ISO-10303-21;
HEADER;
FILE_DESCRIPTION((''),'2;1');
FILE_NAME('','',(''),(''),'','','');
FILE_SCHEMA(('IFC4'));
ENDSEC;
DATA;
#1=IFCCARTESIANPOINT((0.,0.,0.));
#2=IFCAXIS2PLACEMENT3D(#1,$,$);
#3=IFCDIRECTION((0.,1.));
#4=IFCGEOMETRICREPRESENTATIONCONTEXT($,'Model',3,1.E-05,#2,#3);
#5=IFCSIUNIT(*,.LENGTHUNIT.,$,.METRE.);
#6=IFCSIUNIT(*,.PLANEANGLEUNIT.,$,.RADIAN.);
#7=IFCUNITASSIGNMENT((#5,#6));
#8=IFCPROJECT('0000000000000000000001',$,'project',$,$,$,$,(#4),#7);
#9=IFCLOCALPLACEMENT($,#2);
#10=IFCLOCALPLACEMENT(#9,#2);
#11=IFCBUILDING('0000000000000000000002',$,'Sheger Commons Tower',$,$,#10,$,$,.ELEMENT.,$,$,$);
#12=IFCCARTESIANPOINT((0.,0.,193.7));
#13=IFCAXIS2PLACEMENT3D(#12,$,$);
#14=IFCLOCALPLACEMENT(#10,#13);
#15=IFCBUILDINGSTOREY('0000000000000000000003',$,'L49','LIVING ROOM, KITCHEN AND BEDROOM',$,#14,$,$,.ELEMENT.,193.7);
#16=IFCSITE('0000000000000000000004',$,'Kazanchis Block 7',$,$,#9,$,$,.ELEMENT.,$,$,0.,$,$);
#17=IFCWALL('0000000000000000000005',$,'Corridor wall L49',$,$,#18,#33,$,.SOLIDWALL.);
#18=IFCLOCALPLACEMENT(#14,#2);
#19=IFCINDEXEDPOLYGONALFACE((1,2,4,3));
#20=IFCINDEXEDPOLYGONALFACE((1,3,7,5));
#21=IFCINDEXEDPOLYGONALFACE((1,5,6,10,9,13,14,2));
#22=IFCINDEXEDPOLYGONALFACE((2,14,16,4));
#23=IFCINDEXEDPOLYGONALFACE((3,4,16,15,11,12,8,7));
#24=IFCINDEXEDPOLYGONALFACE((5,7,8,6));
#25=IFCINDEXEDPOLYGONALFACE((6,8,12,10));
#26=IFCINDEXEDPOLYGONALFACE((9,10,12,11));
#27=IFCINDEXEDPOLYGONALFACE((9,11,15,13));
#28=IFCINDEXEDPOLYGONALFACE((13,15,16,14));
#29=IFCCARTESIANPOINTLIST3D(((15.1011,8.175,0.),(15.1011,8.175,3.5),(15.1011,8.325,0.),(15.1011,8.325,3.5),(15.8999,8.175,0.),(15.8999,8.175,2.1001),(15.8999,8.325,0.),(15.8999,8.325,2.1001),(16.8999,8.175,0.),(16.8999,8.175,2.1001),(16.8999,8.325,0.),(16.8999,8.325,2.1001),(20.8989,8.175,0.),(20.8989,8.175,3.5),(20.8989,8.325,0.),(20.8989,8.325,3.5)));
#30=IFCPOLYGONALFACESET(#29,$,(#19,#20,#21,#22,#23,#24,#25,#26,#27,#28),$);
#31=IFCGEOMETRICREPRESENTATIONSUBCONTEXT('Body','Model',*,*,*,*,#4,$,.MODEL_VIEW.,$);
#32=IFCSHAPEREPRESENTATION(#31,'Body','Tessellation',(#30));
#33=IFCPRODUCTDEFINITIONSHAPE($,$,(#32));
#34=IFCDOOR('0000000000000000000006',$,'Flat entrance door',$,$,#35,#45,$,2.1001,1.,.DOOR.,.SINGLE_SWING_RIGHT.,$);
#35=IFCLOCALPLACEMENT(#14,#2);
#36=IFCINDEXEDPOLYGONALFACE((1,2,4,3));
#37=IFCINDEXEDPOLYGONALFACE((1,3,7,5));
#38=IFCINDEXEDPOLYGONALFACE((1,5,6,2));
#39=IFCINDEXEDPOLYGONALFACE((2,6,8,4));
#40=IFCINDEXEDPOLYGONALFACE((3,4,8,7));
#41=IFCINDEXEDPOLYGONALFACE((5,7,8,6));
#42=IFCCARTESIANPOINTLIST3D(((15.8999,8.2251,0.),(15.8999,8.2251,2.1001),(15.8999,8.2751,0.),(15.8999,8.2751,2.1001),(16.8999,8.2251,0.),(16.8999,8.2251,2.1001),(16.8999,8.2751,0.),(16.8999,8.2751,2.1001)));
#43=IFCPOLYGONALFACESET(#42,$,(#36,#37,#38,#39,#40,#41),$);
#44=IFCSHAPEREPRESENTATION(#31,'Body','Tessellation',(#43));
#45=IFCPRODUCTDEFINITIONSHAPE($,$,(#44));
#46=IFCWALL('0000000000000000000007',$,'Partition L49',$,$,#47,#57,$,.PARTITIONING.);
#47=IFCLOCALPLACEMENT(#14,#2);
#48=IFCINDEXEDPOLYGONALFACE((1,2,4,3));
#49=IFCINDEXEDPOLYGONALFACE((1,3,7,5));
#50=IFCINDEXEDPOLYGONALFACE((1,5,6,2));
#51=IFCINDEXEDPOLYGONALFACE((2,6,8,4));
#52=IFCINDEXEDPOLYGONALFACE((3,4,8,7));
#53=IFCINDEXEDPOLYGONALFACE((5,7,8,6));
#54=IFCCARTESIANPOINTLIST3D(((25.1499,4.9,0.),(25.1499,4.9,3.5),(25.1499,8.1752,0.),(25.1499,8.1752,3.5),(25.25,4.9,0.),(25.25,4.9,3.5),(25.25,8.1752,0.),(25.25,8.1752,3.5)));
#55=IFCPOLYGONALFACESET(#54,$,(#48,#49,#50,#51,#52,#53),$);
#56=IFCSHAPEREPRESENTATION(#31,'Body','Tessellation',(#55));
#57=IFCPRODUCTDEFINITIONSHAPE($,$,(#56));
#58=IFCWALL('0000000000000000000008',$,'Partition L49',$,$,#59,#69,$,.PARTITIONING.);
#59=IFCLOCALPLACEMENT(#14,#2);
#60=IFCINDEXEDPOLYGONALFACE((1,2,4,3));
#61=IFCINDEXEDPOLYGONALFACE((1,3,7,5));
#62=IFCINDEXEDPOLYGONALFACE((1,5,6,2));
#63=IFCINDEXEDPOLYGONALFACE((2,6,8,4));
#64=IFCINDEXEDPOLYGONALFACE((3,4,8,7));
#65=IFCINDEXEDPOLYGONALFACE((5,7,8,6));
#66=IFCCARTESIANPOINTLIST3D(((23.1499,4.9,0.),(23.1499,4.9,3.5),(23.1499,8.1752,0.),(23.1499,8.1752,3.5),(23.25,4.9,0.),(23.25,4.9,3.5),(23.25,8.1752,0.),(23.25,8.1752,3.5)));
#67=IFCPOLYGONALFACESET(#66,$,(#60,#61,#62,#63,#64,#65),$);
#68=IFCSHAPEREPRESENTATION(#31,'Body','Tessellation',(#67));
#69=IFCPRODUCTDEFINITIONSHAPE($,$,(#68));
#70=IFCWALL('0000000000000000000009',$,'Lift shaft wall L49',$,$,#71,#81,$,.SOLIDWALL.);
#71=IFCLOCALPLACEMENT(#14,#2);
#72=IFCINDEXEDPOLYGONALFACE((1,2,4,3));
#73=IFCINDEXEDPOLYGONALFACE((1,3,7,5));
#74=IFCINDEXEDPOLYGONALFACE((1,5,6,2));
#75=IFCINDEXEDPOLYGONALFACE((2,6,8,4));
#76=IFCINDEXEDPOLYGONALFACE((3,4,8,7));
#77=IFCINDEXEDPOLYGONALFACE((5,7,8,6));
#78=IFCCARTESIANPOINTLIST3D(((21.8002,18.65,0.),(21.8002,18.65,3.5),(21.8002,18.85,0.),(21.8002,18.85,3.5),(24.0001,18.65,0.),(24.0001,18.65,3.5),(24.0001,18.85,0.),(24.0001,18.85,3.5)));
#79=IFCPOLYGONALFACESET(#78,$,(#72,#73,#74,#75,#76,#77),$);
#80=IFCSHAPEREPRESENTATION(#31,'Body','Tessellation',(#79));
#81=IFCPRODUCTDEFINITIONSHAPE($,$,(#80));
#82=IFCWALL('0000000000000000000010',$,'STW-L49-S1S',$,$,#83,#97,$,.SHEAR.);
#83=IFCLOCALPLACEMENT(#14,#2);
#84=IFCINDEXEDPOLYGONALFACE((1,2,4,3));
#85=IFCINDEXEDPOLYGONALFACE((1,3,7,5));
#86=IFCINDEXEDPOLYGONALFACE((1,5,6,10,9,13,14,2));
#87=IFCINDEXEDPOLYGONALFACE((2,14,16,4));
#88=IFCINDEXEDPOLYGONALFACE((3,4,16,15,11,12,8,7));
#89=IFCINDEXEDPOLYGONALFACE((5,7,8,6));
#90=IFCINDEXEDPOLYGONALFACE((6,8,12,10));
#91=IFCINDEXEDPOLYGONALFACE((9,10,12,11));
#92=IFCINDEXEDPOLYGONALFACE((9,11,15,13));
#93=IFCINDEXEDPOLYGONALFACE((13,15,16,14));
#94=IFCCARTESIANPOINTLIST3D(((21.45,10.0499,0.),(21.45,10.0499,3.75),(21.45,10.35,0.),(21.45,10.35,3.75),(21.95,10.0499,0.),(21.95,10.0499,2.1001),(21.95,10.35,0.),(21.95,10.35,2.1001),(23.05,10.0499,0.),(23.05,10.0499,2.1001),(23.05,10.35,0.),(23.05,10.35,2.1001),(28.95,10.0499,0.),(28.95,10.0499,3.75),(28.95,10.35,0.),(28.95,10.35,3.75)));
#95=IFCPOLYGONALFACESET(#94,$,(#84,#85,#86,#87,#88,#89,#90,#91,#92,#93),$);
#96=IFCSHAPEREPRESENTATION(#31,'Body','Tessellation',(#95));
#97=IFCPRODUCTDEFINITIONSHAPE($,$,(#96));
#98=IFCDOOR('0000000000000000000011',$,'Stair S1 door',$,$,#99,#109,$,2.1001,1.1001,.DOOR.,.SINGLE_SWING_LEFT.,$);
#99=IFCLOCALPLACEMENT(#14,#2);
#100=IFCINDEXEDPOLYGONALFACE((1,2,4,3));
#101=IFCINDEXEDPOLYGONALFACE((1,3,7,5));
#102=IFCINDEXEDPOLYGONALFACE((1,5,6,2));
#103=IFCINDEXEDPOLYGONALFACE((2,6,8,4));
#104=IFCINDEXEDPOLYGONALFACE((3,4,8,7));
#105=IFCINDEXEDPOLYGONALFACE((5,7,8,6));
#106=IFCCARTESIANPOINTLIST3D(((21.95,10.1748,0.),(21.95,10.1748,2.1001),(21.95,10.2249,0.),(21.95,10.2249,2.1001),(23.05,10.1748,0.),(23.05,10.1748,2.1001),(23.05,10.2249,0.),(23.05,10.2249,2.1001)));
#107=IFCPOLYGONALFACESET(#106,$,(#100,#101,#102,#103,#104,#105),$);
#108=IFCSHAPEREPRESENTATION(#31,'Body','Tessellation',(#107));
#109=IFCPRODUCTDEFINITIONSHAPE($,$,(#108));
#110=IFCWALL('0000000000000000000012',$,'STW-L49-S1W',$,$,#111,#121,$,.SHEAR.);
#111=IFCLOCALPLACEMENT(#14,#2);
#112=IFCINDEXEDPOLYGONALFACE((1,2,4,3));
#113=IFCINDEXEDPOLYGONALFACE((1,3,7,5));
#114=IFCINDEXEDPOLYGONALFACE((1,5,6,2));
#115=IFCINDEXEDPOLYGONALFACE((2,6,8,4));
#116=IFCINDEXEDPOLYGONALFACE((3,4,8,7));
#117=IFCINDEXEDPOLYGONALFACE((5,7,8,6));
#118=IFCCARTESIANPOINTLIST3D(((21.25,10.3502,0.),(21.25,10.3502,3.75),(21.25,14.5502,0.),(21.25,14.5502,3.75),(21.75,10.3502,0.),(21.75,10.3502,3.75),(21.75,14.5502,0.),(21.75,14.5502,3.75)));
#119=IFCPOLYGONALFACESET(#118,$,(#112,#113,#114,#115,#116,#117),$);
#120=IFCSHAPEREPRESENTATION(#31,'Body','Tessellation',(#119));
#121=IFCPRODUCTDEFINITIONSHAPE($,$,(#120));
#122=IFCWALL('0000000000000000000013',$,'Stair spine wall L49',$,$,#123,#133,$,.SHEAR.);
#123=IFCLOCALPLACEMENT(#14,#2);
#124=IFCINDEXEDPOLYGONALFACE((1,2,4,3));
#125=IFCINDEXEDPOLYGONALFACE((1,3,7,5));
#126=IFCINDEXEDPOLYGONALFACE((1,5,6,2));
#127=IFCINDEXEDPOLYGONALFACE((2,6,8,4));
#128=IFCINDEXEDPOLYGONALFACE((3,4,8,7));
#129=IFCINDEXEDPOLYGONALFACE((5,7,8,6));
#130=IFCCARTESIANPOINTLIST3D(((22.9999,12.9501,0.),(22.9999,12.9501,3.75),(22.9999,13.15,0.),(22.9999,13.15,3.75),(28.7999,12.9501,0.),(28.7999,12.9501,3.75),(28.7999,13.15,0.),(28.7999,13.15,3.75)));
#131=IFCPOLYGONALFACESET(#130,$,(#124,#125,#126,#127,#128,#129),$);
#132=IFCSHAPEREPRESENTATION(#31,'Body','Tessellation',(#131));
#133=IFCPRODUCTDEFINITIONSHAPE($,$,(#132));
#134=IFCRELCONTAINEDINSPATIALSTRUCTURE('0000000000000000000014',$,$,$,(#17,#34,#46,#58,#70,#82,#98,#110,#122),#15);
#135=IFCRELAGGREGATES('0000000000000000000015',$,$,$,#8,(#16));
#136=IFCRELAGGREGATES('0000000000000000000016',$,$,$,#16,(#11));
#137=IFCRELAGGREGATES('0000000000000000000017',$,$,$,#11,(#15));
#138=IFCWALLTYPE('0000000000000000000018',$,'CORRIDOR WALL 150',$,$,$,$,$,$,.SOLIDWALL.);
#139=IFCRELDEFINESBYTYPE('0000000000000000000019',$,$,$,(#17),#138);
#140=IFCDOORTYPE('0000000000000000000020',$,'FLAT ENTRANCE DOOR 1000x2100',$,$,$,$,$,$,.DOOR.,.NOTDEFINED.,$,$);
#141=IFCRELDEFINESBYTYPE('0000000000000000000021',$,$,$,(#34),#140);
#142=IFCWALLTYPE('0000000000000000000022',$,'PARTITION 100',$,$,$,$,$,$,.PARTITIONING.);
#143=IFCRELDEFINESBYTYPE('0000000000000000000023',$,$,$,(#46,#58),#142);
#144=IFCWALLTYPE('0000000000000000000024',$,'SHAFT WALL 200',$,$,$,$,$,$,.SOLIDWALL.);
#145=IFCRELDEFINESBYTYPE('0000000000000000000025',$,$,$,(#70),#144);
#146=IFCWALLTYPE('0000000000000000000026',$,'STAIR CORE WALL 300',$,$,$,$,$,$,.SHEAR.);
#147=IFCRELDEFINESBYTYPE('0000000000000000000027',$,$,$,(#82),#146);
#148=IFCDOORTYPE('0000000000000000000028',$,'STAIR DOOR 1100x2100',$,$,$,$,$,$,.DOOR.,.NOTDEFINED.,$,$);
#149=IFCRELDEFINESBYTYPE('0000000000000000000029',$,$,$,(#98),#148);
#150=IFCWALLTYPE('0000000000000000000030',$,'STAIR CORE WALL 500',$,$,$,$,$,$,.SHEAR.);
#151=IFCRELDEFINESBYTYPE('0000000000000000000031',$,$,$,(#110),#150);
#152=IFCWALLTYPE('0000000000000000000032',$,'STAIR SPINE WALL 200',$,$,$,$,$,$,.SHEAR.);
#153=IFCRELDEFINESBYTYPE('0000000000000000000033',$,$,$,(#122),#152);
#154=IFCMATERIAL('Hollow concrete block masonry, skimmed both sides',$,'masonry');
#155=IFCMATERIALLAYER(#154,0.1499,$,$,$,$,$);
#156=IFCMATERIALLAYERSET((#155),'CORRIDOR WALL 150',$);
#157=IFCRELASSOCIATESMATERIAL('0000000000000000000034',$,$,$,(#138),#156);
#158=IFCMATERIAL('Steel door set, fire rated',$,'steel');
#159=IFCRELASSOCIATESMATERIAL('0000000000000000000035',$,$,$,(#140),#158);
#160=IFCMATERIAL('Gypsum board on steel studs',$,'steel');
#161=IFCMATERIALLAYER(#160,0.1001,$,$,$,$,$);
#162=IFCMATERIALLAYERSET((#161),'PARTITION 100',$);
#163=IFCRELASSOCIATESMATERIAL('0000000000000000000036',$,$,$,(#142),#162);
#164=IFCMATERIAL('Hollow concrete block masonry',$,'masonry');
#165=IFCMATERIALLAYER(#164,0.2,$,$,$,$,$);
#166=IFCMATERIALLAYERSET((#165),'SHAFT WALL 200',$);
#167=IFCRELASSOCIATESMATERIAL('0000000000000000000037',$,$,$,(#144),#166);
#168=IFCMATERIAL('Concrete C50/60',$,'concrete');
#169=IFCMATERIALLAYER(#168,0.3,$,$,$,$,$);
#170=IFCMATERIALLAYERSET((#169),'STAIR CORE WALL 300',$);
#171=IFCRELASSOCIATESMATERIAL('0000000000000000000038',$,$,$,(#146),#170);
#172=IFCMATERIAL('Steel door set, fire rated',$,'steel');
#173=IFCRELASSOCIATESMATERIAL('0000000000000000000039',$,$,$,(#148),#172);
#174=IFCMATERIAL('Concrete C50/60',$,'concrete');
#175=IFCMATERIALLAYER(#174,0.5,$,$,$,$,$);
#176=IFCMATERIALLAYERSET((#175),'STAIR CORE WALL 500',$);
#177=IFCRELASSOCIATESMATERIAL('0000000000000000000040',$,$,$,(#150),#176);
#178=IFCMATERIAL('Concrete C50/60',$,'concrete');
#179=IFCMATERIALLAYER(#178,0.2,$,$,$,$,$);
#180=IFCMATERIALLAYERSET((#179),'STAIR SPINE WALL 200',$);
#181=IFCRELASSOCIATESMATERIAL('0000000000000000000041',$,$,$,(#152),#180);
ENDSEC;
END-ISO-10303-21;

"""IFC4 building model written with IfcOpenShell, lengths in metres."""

from ifc_helpers import new_model, si_unit, direction, frame, frame_2d, origin, place, context, subcontext, project, spatial, rectangle, extrude, material, layer, layer_set, type_object, element, fill, save


model = new_model("IFC4")

# Units and contexts
model_context = context("Model", 3, precision=1e-05, world=origin(), true_north=direction((0.0, 1.0)))
body_context = subcontext(model_context, "Body", "Model", "MODEL_VIEW")
ifc_project = project(units=[si_unit("LENGTHUNIT", "METRE"), si_unit("PLANEANGLEUNIT", "RADIAN")], contexts=[model_context])

# Site, building, storey
site_placement = place(None, origin())
site = spatial("IfcSite", under=ifc_project, at=site_placement, Name="Kazanchis Block 7", CompositionType="ELEMENT", RefElevation=0.0)
building_placement = place(site_placement, origin())
building = spatial("IfcBuilding", under=site, at=building_placement, Name="Sheger Commons Tower", CompositionType="ELEMENT")
storey_placement = place(building_placement, frame((0.0, 0.0, 193.7)))
storey = spatial("IfcBuildingStorey", under=building, at=storey_placement, Name="L49", Description="LIVING ROOM, KITCHEN AND BEDROOM", CompositionType="ELEMENT", Elevation=193.7)

# Wall, opening, door
ifc_material_1 = material(Name="Hollow concrete block masonry, skimmed both sides", Category="masonry")
ifc_layer_1 = layer(ifc_material_1, 0.1499)
ifc_layer_set_1 = layer_set([ifc_layer_1], Name="CORRIDOR WALL 150")
wall_type_1 = type_object("IfcWallType", Name="CORRIDOR WALL 150", PredefinedType="SOLIDWALL", material=ifc_layer_set_1)
wall_1_placement = place(storey_placement, frame((20.8989, 8.25, 0.0), z_axis=(0.0, 0.0, 1.0), x_axis=(-1.0, 0.0, 0.0)))
wall_1 = element("IfcWall", 1, at=wall_1_placement, inside=storey, type_object=wall_type_1, Name="Corridor wall L49", PredefinedType="SOLIDWALL", context=body_context, shape_type="SweptSolid", body=[
    extrude(rectangle(XDim=5.7979, YDim=0.1499, at=frame_2d((2.8989, 0.0))), origin(), (0.0, 0.0, 1.0), 3.5),
])
opening_1_placement = place(wall_1_placement, frame((3.999, 0.0, 0.0)))
opening_1 = element("IfcOpeningElement", 2, at=opening_1_placement, cuts=wall_1, PredefinedType="OPENING", context=body_context, shape_type="SweptSolid", body=[
    extrude(rectangle(XDim=1.0, YDim=2.1001, at=frame_2d((0.5, 1.05))), frame((0.0, 0.085, 0.0), z_axis=(0.0, -1.0, 0.0), x_axis=(1.0, 0.0, 0.0)), (0.0, 0.0, 1.0), 0.1699),
])
ifc_material_2 = material(Name="Steel door set, fire rated", Category="steel")
door_type_1 = type_object("IfcDoorType", Name="FLAT ENTRANCE DOOR 1000x2100", OperationType="NOTDEFINED", PredefinedType="DOOR", material=ifc_material_2)
door_1_placement = place(opening_1_placement, origin())
door_1 = element("IfcDoor", 3, at=door_1_placement, inside=storey, type_object=door_type_1, Name="Flat entrance door", OperationType="SINGLE_SWING_RIGHT", OverallHeight=2.1001, OverallWidth=1.0, PredefinedType="DOOR", context=body_context, shape_type="SweptSolid", body=[
    extrude(rectangle(XDim=1.0, YDim=2.1001, at=frame_2d((0.5, 1.05))), frame((0.0, 0.0249, 0.0), z_axis=(0.0, -1.0, 0.0), x_axis=(1.0, 0.0, 0.0)), (0.0, 0.0, 1.0), 0.05),
])
fill(opening_1, door_1)

# Walls
ifc_material_3 = material(Name="Gypsum board on steel studs", Category="steel")
ifc_layer_2 = layer(ifc_material_3, 0.1001)
ifc_layer_set_2 = layer_set([ifc_layer_2], Name="PARTITION 100")
wall_type_2 = type_object("IfcWallType", Name="PARTITION 100", PredefinedType="PARTITIONING", material=ifc_layer_set_2)
for number, where, z_axis, x_axis, name in (
    (4, (25.2, 4.8999, 0.0), (0.0, 0.0, 1.0), (0.0, 1.0, 0.0), "Partition L49"),
    (5, (23.2, 4.8999, 0.0), (0.0, 0.0, 1.0), (0.0, 1.0, 0.0), "Partition L49"),
):
    element("IfcWall", number, at=place(storey_placement, frame(where, z_axis=z_axis, x_axis=x_axis)), inside=storey, type_object=wall_type_2, Name=name, PredefinedType="PARTITIONING", context=body_context, shape_type="SweptSolid", body=[
        extrude(rectangle(XDim=3.2751, YDim=0.1001, at=frame_2d((1.6377, 0.0))), origin(), (0.0, 0.0, 1.0), 3.5),
    ])
ifc_material_4 = material(Name="Hollow concrete block masonry", Category="masonry")
ifc_layer_3 = layer(ifc_material_4, 0.2)
ifc_layer_set_3 = layer_set([ifc_layer_3], Name="SHAFT WALL 200")
wall_type_3 = type_object("IfcWallType", Name="SHAFT WALL 200", PredefinedType="SOLIDWALL", material=ifc_layer_set_3)
wall_2_placement = place(storey_placement, frame((21.8, 18.75, 0.0), z_axis=(0.0, 0.0, 1.0), x_axis=(1.0, 0.0, 0.0)))
element("IfcWall", 6, at=wall_2_placement, inside=storey, type_object=wall_type_3, Name="Lift shaft wall L49", PredefinedType="SOLIDWALL", context=body_context, shape_type="SweptSolid", body=[
    extrude(rectangle(XDim=2.2, YDim=0.2, at=frame_2d((1.1001, 0.0))), origin(), (0.0, 0.0, 1.0), 3.5),
])

# Wall, opening, door
ifc_material_5 = material(Name="Concrete C50/60", Category="concrete")
ifc_layer_4 = layer(ifc_material_5, 0.3)
ifc_layer_set_4 = layer_set([ifc_layer_4], Name="STAIR CORE WALL 300")
wall_type_4 = type_object("IfcWallType", Name="STAIR CORE WALL 300", PredefinedType="SHEAR", material=ifc_layer_set_4)
wall_3_placement = place(storey_placement, frame((21.45, 10.2, 0.0), z_axis=(0.0, 0.0, 1.0), x_axis=(1.0, 0.0, 0.0)))
wall_3 = element("IfcWall", 7, at=wall_3_placement, inside=storey, type_object=wall_type_4, Name="STW-L49-S1S", PredefinedType="SHEAR", context=body_context, shape_type="SweptSolid", body=[
    extrude(rectangle(XDim=7.5, YDim=0.3, at=frame_2d((3.75, 0.0))), origin(), (0.0, 0.0, 1.0), 3.75),
])
opening_2_placement = place(wall_3_placement, frame((0.5, 0.0, 0.0)))
opening_2 = element("IfcOpeningElement", 8, at=opening_2_placement, cuts=wall_3, PredefinedType="OPENING", context=body_context, shape_type="SweptSolid", body=[
    extrude(rectangle(XDim=1.1001, YDim=2.1001, at=frame_2d((0.55, 1.05))), frame((0.0, 0.1599, 0.0), z_axis=(0.0, -1.0, 0.0), x_axis=(1.0, 0.0, 0.0)), (0.0, 0.0, 1.0), 0.3201),
])
ifc_material_6 = material(Name="Steel door set, fire rated", Category="steel")
door_type_2 = type_object("IfcDoorType", Name="STAIR DOOR 1100x2100", OperationType="NOTDEFINED", PredefinedType="DOOR", material=ifc_material_6)
door_2_placement = place(opening_2_placement, origin())
door_2 = element("IfcDoor", 9, at=door_2_placement, inside=storey, type_object=door_type_2, Name="Stair S1 door", OperationType="SINGLE_SWING_LEFT", OverallHeight=2.1001, OverallWidth=1.1001, PredefinedType="DOOR", context=body_context, shape_type="SweptSolid", body=[
    extrude(rectangle(XDim=1.1001, YDim=2.1001, at=frame_2d((0.55, 1.05))), frame((0.0, 0.0249, 0.0), z_axis=(0.0, -1.0, 0.0), x_axis=(1.0, 0.0, 0.0)), (0.0, 0.0, 1.0), 0.05),
])
fill(opening_2, door_2)

# Walls
ifc_material_7 = material(Name="Concrete C50/60", Category="concrete")
ifc_layer_5 = layer(ifc_material_7, 0.5)
ifc_layer_set_5 = layer_set([ifc_layer_5], Name="STAIR CORE WALL 500")
wall_type_5 = type_object("IfcWallType", Name="STAIR CORE WALL 500", PredefinedType="SHEAR", material=ifc_layer_set_5)
wall_4_placement = place(storey_placement, frame((21.5, 10.3501, 0.0), z_axis=(0.0, 0.0, 1.0), x_axis=(0.0, 1.0, 0.0)))
element("IfcWall", 10, at=wall_4_placement, inside=storey, type_object=wall_type_5, Name="STW-L49-S1W", PredefinedType="SHEAR", context=body_context, shape_type="SweptSolid", body=[
    extrude(rectangle(XDim=4.2, YDim=0.5, at=frame_2d((2.1001, 0.0))), origin(), (0.0, 0.0, 1.0), 3.75),
])
ifc_material_8 = material(Name="Concrete C50/60", Category="concrete")
ifc_layer_6 = layer(ifc_material_8, 0.2)
ifc_layer_set_6 = layer_set([ifc_layer_6], Name="STAIR SPINE WALL 200")
wall_type_6 = type_object("IfcWallType", Name="STAIR SPINE WALL 200", PredefinedType="SHEAR", material=ifc_layer_set_6)
wall_5_placement = place(storey_placement, frame((23.0, 13.05, 0.0), z_axis=(0.0, 0.0, 1.0), x_axis=(1.0, 0.0, 0.0)))
element("IfcWall", 11, at=wall_5_placement, inside=storey, type_object=wall_type_6, Name="Stair spine wall L49", PredefinedType="SHEAR", context=body_context, shape_type="SweptSolid", body=[
    extrude(rectangle(XDim=5.8, YDim=0.2, at=frame_2d((2.8999, 0.0))), origin(), (0.0, 0.0, 1.0), 3.75),
])

save(model, "model.ifc")
